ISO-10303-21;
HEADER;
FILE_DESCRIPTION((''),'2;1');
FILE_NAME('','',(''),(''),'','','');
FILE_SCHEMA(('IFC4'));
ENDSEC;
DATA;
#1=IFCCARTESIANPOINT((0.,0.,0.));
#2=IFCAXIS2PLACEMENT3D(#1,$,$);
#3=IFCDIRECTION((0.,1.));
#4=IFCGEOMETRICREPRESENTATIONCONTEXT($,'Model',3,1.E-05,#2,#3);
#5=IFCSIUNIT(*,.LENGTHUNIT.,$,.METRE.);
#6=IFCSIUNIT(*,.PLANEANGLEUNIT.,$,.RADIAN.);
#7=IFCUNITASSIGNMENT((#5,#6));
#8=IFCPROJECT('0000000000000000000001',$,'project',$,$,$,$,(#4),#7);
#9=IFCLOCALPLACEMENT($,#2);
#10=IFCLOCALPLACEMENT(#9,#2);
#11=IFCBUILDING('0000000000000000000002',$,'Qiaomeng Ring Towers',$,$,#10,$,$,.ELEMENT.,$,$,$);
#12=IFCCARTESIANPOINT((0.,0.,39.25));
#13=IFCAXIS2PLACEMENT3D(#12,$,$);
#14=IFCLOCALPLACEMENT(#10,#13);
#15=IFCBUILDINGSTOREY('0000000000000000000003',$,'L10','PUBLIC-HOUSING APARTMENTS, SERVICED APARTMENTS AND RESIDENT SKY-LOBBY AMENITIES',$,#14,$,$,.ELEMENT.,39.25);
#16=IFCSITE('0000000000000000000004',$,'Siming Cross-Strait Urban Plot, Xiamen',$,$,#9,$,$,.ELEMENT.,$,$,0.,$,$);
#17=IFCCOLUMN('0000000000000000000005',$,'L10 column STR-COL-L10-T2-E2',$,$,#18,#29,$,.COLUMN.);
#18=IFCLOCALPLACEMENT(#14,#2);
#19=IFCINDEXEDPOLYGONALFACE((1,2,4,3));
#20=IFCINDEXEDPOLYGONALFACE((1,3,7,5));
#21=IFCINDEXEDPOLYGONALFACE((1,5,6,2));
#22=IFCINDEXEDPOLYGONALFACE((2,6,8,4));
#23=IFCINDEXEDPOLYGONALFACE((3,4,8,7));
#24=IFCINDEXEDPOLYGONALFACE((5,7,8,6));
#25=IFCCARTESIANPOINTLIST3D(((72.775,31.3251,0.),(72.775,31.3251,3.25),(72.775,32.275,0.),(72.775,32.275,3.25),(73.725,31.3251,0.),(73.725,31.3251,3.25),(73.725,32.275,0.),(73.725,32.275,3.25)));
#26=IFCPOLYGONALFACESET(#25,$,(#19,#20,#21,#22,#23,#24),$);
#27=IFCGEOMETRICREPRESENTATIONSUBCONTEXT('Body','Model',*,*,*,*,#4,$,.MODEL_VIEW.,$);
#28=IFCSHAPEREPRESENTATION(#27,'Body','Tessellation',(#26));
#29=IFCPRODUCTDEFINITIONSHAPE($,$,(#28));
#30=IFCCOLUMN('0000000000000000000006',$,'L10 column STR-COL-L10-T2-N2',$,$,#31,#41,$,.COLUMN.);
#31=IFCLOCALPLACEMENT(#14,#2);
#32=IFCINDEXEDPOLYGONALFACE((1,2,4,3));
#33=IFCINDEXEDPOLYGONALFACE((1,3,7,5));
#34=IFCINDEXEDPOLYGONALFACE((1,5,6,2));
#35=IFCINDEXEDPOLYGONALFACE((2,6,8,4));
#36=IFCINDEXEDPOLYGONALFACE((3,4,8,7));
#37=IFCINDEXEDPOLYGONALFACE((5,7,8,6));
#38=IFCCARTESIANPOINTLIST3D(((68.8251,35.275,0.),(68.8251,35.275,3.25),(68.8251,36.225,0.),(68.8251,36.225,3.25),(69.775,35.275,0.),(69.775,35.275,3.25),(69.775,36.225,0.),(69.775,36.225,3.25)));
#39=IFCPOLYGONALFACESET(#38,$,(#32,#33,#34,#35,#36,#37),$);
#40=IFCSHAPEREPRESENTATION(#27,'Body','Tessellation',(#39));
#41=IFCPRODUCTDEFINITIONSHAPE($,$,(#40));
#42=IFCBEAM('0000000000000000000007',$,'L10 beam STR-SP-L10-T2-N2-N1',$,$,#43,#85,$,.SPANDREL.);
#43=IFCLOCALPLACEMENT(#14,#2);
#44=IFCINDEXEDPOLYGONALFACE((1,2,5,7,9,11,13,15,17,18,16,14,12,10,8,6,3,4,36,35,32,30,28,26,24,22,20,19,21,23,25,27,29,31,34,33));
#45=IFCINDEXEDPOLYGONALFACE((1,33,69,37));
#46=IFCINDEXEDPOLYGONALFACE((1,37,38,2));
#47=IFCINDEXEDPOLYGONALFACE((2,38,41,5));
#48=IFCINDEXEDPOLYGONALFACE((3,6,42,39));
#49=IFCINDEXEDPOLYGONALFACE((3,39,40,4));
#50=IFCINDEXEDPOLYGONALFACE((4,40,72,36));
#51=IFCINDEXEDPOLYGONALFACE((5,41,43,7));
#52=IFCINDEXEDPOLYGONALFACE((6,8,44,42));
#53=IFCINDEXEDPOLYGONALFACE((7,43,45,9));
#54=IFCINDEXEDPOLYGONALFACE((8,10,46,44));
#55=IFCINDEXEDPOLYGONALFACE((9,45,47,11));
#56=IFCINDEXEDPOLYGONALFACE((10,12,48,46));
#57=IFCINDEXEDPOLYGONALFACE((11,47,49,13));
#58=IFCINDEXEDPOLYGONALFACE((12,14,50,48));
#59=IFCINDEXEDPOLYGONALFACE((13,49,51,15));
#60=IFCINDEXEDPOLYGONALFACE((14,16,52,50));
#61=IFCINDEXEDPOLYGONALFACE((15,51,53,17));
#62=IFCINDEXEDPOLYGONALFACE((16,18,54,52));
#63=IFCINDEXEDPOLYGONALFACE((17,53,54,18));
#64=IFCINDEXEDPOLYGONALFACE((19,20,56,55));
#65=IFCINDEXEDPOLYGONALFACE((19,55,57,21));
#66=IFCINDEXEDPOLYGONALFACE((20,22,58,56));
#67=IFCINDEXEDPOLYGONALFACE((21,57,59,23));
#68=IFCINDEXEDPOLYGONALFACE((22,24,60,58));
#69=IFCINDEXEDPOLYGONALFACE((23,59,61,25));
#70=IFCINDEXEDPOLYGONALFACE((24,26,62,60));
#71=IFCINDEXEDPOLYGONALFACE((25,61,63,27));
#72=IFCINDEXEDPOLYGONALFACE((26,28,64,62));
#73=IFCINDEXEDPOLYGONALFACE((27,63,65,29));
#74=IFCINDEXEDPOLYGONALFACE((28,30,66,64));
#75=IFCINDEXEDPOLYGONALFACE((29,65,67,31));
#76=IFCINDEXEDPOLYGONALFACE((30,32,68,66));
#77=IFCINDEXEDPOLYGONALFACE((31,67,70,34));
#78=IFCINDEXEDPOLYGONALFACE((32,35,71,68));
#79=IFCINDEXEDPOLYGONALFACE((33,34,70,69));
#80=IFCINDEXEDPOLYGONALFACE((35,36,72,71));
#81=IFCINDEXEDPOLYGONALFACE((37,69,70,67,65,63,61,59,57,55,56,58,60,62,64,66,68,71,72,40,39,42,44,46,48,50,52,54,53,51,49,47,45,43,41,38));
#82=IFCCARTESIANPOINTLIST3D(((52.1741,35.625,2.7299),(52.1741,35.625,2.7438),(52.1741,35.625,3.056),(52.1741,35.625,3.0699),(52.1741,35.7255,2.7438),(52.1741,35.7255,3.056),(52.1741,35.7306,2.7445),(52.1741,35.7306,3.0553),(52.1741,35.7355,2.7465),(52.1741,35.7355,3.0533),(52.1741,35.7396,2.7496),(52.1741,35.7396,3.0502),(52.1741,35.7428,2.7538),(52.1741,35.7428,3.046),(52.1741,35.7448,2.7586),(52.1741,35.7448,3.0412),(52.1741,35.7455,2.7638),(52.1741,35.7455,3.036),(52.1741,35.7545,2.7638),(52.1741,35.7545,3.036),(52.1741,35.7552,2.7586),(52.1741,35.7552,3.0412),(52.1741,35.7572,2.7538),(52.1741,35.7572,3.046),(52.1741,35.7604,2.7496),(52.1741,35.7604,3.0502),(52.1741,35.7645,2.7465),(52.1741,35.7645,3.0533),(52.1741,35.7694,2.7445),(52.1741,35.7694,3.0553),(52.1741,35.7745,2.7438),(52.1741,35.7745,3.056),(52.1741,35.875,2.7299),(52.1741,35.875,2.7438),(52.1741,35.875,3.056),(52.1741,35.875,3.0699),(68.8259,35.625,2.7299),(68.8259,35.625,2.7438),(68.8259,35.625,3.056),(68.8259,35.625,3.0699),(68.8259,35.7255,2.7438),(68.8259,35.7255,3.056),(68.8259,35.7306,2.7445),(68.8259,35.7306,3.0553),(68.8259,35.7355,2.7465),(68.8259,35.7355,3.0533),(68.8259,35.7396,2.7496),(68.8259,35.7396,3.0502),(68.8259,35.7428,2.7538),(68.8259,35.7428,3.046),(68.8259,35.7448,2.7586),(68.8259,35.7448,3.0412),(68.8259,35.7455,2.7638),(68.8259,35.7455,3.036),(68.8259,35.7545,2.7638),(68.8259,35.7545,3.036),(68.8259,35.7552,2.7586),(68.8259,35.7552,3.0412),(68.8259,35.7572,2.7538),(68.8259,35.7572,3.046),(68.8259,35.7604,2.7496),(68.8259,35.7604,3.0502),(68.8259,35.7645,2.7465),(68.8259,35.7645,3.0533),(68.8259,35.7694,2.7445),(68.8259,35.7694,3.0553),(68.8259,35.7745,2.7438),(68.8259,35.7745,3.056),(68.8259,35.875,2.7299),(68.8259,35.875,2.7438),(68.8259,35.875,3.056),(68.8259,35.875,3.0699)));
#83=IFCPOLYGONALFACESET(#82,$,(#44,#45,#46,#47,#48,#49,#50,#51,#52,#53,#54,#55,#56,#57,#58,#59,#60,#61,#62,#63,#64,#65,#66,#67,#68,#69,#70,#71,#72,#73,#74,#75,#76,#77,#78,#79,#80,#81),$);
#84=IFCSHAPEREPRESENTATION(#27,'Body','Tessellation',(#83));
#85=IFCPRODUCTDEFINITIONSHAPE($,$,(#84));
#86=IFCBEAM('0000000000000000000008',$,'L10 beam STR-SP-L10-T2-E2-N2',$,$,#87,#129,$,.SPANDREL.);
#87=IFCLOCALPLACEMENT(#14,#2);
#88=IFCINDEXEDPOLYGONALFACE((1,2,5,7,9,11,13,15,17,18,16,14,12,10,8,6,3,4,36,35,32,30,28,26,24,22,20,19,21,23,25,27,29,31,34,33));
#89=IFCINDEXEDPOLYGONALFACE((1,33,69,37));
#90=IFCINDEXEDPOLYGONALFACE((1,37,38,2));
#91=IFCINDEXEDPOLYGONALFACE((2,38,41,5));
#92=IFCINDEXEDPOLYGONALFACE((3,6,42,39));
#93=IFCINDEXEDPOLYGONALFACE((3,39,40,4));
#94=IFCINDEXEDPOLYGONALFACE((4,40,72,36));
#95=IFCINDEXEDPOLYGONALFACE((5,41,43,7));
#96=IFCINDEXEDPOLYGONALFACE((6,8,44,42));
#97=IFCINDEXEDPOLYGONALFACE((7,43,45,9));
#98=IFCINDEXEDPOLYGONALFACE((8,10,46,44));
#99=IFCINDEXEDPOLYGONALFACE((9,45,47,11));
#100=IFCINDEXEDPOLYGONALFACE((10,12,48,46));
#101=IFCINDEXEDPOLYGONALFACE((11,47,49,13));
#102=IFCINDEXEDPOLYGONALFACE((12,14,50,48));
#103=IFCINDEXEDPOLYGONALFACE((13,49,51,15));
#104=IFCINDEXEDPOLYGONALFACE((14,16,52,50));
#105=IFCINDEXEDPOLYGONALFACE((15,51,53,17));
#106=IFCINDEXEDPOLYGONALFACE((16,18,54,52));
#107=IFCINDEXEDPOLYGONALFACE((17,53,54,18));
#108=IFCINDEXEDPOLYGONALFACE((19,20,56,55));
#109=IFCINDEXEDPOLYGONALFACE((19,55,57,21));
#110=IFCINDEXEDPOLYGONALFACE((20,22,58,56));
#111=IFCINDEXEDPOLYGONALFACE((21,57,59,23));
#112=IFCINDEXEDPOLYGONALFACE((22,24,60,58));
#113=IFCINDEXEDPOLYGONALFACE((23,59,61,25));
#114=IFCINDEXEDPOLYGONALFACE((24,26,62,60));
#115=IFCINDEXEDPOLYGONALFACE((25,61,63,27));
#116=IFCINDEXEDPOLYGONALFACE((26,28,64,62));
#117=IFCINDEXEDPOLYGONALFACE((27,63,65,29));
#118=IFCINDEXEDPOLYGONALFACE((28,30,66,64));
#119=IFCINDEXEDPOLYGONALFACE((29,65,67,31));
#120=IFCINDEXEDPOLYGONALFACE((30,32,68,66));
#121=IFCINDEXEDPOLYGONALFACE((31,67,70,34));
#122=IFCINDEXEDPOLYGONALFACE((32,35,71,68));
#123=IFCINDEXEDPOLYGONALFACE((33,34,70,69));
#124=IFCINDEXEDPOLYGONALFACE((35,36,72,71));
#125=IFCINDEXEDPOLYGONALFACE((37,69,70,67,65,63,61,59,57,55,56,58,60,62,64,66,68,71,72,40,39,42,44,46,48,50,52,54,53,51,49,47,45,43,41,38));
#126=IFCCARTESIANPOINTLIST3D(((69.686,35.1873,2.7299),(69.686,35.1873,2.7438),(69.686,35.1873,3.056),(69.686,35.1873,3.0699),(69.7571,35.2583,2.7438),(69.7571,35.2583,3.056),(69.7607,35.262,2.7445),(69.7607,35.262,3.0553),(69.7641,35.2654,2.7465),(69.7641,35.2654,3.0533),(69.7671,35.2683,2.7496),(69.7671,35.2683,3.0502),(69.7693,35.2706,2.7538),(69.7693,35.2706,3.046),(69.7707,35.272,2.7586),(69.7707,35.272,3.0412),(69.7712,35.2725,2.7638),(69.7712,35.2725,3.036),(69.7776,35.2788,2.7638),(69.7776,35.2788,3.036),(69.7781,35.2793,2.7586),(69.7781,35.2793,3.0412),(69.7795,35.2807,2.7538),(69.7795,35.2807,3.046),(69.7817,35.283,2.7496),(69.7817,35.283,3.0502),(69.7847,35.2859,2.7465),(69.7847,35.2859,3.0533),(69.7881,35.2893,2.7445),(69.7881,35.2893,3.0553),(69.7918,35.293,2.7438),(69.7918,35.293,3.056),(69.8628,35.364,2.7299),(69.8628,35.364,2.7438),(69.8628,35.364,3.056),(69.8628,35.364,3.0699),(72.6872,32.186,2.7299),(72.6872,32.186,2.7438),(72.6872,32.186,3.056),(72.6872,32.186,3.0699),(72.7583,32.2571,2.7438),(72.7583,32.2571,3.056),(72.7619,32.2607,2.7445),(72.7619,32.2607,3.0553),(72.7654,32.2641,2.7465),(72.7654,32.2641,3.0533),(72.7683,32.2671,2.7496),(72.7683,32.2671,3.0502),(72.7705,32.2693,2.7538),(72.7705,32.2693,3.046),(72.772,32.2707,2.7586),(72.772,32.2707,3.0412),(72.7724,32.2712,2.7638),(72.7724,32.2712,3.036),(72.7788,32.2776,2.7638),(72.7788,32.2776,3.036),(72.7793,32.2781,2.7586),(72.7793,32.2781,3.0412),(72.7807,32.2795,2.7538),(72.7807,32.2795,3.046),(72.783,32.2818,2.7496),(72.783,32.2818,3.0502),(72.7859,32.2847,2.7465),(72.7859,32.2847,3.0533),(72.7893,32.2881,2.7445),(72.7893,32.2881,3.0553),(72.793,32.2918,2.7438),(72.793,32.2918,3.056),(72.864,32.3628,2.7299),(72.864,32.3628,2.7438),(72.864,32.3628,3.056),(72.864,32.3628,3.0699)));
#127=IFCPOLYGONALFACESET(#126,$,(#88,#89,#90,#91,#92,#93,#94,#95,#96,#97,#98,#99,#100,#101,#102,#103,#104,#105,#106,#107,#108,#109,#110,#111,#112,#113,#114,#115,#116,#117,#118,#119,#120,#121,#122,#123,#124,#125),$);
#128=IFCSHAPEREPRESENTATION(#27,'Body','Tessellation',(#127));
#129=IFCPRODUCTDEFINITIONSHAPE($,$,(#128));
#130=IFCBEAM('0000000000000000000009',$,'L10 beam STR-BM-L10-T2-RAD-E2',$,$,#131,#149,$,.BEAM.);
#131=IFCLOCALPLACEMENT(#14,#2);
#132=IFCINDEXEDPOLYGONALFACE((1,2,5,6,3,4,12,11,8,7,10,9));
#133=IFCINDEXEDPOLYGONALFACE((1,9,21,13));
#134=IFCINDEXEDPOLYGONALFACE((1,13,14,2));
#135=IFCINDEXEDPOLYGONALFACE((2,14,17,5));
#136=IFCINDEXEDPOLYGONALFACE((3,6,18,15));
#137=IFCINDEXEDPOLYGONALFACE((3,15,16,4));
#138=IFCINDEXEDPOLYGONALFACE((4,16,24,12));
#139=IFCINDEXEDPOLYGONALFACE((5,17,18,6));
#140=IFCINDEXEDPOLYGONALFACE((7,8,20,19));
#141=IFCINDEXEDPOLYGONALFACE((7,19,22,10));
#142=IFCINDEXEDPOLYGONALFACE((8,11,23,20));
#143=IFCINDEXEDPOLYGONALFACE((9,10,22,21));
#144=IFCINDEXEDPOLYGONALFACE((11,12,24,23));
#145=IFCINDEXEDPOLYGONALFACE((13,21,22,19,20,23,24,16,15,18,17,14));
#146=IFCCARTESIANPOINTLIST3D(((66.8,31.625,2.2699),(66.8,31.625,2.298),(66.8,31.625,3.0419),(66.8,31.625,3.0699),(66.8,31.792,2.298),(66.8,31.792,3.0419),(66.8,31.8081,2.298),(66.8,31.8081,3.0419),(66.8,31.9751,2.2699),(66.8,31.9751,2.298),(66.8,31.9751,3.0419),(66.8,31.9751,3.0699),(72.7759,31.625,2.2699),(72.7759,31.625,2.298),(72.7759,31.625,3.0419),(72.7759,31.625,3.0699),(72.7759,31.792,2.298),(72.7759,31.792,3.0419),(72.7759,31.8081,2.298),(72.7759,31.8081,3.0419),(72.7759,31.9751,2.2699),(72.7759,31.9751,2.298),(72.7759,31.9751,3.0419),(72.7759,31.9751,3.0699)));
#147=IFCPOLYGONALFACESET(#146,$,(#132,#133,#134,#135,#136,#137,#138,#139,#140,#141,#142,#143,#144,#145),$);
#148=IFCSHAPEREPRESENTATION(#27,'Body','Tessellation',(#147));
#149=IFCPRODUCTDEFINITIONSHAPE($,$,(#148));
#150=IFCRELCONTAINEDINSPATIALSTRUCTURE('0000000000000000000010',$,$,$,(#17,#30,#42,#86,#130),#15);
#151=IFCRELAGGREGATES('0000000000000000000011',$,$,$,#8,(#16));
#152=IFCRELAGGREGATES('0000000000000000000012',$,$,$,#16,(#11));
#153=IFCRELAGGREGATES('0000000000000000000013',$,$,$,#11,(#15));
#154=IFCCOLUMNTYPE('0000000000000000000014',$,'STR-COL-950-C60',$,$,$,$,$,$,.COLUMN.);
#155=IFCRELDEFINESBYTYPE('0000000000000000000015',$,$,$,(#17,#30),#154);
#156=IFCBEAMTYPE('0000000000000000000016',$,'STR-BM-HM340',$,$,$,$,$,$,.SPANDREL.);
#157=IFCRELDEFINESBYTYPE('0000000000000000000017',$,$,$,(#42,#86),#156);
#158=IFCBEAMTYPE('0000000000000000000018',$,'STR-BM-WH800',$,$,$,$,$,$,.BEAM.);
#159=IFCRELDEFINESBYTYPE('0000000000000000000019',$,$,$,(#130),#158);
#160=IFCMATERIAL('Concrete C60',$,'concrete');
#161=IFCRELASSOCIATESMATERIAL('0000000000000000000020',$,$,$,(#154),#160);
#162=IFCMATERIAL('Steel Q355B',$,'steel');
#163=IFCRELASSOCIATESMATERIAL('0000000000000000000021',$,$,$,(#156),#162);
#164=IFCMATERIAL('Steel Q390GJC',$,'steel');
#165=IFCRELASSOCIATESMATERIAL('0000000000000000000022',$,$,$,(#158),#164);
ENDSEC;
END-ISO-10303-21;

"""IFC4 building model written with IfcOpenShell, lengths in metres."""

from ifc_helpers import new_model, si_unit, direction, frame, origin, origin_2d, place, context, subcontext, project, spatial, rectangle, i_section, extrude, source, transform, mapped, material, material_profile, profile_set, type_object, element, save


model = new_model("IFC4")

# Units and contexts
model_context = context("Model", 3, precision=1e-05, world=origin(), true_north=direction((0.0, 1.0)))
body_context = subcontext(model_context, "Body", "Model", "MODEL_VIEW")
ifc_project = project(units=[si_unit("LENGTHUNIT", "METRE"), si_unit("PLANEANGLEUNIT", "RADIAN")], contexts=[model_context])

# Site, building, storey
site_placement = place(None, origin())
site = spatial("IfcSite", under=ifc_project, at=site_placement, Name="Siming Cross-Strait Urban Plot, Xiamen", CompositionType="ELEMENT", RefElevation=0.0)
building_placement = place(site_placement, origin())
building = spatial("IfcBuilding", under=site, at=building_placement, Name="Qiaomeng Ring Towers", CompositionType="ELEMENT")
storey_placement = place(building_placement, frame((0.0, 0.0, 39.25)))
storey = spatial("IfcBuildingStorey", under=building, at=storey_placement, Name="L10", Description="PUBLIC-HOUSING APARTMENTS, SERVICED APARTMENTS AND RESIDENT SKY-LOBBY AMENITIES", CompositionType="ELEMENT", Elevation=39.25)

# Columns
ifc_material_1 = material(Name="Concrete C60", Category="concrete")
ifc_material_profile_1 = material_profile(ifc_material_1, rectangle(XDim=0.95, YDim=0.95, at=origin_2d()), Name="RC COL 950x950")
ifc_profile_set_1 = profile_set([ifc_material_profile_1], Name="Concrete C60")
column_type = type_object("IfcColumnType", Name="STR-COL-950-C60", PredefinedType="COLUMN", material=ifc_profile_set_1)
shared_shape_1 = source(origin(), body_context, "Body", "SweptSolid", [
    extrude(rectangle(XDim=0.95, YDim=0.95, at=origin_2d()), origin(), (0.0, 0.0, 1.0), 3.25),
])
for number, where, z_axis, x_axis, name in (
    (1, (73.25, 31.8, 0.0), (0.0, 0.0, 1.0), (1.0, 0.0, 0.0), "L10 column STR-COL-L10-T2-E2"),
    (2, (69.3, 35.75, 0.0), (0.0, 0.0, 1.0), (1.0, 0.0, 0.0), "L10 column STR-COL-L10-T2-N2"),
):
    element("IfcColumn", number, at=place(storey_placement, frame(where, z_axis=z_axis, x_axis=x_axis)), inside=storey, type_object=column_type, Name=name, PredefinedType="COLUMN", context=body_context, shape_type="MappedRepresentation", body=[
        mapped(shared_shape_1, transform((0.0, 0.0, 0.0), x_axis=(1.0, 0.0, 0.0), y_axis=(0.0, 1.0, 0.0), z_axis=(0.0, 0.0, 1.0), scale=1.0)),
    ])

# Beams
ifc_material_2 = material(Name="Steel Q355B", Category="steel")
ifc_material_profile_2 = material_profile(ifc_material_2, i_section(OverallWidth=0.25, OverallDepth=0.3401, WebThickness=0.009, FlangeThickness=0.0139, FilletRadius=0.02, at=origin_2d()), Name="HM 340x250x9x14")
ifc_profile_set_2 = profile_set([ifc_material_profile_2], Name="Steel Q355B")
beam_type_1 = type_object("IfcBeamType", Name="STR-BM-HM340", PredefinedType="SPANDREL", material=ifc_profile_set_2)
shared_shape_2 = source(origin(), body_context, "Body", "SweptSolid", [
    extrude(i_section(OverallWidth=0.25, OverallDepth=0.3401, WebThickness=0.009, FlangeThickness=0.0139, FilletRadius=0.02, at=origin_2d()), origin(), (0.0, 0.0, 1.0), 16.6519),
])
beam_1_placement = place(storey_placement, frame((68.8259, 35.75, 2.8999), z_axis=(-1.0, 0.0, 0.0), x_axis=(0.0, -1.0, 0.0)))
element("IfcBeam", 3, at=beam_1_placement, inside=storey, type_object=beam_type_1, Name="L10 beam STR-SP-L10-T2-N2-N1", PredefinedType="SPANDREL", context=body_context, shape_type="MappedRepresentation", body=[
    mapped(shared_shape_2, transform((0.0, 0.0, 0.0), x_axis=(1.0, 0.0, 0.0), y_axis=(0.0, 1.0, 0.0), z_axis=(0.0, 0.0, 1.0), scale=1.0)),
])
shared_shape_3 = source(origin(), body_context, "Body", "SweptSolid", [
    extrude(i_section(OverallWidth=0.25, OverallDepth=0.3401, WebThickness=0.009, FlangeThickness=0.0139, FilletRadius=0.02, at=origin_2d()), origin(), (0.0, 0.0, 1.0), 4.2444),
])
beam_2_placement = place(storey_placement, frame((72.7756, 32.2744, 2.8999), z_axis=(-0.707107, 0.707107, 0.0), x_axis=(-0.707107, -0.707107, 0.0)))
element("IfcBeam", 4, at=beam_2_placement, inside=storey, type_object=beam_type_1, Name="L10 beam STR-SP-L10-T2-E2-N2", PredefinedType="SPANDREL", context=body_context, shape_type="MappedRepresentation", body=[
    mapped(shared_shape_3, transform((0.0, 0.0, 0.0), x_axis=(1.0, 0.0, 0.0), y_axis=(0.0, 1.0, 0.0), z_axis=(0.0, 0.0, 1.0), scale=1.0)),
])
ifc_material_3 = material(Name="Steel Q390GJC", Category="steel")
ifc_material_profile_3 = material_profile(ifc_material_3, i_section(OverallWidth=0.3501, OverallDepth=0.8, WebThickness=0.0161, FlangeThickness=0.0281, at=origin_2d()), Name="WH 800x350x16x28")
ifc_profile_set_3 = profile_set([ifc_material_profile_3], Name="Steel Q390GJC")
beam_type_2 = type_object("IfcBeamType", Name="STR-BM-WH800", PredefinedType="BEAM", material=ifc_profile_set_3)
shared_shape_4 = source(origin(), body_context, "Body", "SweptSolid", [
    extrude(i_section(OverallWidth=0.3501, OverallDepth=0.8, WebThickness=0.0161, FlangeThickness=0.0281, at=origin_2d()), origin(), (0.0, 0.0, 1.0), 5.9758),
])
beam_3_placement = place(storey_placement, frame((66.8, 31.8, 2.6699), z_axis=(1.0, 0.0, 0.0), x_axis=(0.0, 1.0, 0.0)))
element("IfcBeam", 5, at=beam_3_placement, inside=storey, type_object=beam_type_2, Name="L10 beam STR-BM-L10-T2-RAD-E2", PredefinedType="BEAM", context=body_context, shape_type="MappedRepresentation", body=[
    mapped(shared_shape_4, transform((0.0, 0.0, 0.0), x_axis=(1.0, 0.0, 0.0), y_axis=(0.0, 1.0, 0.0), z_axis=(0.0, 0.0, 1.0), scale=1.0)),
])

save(model, "model.ifc")
